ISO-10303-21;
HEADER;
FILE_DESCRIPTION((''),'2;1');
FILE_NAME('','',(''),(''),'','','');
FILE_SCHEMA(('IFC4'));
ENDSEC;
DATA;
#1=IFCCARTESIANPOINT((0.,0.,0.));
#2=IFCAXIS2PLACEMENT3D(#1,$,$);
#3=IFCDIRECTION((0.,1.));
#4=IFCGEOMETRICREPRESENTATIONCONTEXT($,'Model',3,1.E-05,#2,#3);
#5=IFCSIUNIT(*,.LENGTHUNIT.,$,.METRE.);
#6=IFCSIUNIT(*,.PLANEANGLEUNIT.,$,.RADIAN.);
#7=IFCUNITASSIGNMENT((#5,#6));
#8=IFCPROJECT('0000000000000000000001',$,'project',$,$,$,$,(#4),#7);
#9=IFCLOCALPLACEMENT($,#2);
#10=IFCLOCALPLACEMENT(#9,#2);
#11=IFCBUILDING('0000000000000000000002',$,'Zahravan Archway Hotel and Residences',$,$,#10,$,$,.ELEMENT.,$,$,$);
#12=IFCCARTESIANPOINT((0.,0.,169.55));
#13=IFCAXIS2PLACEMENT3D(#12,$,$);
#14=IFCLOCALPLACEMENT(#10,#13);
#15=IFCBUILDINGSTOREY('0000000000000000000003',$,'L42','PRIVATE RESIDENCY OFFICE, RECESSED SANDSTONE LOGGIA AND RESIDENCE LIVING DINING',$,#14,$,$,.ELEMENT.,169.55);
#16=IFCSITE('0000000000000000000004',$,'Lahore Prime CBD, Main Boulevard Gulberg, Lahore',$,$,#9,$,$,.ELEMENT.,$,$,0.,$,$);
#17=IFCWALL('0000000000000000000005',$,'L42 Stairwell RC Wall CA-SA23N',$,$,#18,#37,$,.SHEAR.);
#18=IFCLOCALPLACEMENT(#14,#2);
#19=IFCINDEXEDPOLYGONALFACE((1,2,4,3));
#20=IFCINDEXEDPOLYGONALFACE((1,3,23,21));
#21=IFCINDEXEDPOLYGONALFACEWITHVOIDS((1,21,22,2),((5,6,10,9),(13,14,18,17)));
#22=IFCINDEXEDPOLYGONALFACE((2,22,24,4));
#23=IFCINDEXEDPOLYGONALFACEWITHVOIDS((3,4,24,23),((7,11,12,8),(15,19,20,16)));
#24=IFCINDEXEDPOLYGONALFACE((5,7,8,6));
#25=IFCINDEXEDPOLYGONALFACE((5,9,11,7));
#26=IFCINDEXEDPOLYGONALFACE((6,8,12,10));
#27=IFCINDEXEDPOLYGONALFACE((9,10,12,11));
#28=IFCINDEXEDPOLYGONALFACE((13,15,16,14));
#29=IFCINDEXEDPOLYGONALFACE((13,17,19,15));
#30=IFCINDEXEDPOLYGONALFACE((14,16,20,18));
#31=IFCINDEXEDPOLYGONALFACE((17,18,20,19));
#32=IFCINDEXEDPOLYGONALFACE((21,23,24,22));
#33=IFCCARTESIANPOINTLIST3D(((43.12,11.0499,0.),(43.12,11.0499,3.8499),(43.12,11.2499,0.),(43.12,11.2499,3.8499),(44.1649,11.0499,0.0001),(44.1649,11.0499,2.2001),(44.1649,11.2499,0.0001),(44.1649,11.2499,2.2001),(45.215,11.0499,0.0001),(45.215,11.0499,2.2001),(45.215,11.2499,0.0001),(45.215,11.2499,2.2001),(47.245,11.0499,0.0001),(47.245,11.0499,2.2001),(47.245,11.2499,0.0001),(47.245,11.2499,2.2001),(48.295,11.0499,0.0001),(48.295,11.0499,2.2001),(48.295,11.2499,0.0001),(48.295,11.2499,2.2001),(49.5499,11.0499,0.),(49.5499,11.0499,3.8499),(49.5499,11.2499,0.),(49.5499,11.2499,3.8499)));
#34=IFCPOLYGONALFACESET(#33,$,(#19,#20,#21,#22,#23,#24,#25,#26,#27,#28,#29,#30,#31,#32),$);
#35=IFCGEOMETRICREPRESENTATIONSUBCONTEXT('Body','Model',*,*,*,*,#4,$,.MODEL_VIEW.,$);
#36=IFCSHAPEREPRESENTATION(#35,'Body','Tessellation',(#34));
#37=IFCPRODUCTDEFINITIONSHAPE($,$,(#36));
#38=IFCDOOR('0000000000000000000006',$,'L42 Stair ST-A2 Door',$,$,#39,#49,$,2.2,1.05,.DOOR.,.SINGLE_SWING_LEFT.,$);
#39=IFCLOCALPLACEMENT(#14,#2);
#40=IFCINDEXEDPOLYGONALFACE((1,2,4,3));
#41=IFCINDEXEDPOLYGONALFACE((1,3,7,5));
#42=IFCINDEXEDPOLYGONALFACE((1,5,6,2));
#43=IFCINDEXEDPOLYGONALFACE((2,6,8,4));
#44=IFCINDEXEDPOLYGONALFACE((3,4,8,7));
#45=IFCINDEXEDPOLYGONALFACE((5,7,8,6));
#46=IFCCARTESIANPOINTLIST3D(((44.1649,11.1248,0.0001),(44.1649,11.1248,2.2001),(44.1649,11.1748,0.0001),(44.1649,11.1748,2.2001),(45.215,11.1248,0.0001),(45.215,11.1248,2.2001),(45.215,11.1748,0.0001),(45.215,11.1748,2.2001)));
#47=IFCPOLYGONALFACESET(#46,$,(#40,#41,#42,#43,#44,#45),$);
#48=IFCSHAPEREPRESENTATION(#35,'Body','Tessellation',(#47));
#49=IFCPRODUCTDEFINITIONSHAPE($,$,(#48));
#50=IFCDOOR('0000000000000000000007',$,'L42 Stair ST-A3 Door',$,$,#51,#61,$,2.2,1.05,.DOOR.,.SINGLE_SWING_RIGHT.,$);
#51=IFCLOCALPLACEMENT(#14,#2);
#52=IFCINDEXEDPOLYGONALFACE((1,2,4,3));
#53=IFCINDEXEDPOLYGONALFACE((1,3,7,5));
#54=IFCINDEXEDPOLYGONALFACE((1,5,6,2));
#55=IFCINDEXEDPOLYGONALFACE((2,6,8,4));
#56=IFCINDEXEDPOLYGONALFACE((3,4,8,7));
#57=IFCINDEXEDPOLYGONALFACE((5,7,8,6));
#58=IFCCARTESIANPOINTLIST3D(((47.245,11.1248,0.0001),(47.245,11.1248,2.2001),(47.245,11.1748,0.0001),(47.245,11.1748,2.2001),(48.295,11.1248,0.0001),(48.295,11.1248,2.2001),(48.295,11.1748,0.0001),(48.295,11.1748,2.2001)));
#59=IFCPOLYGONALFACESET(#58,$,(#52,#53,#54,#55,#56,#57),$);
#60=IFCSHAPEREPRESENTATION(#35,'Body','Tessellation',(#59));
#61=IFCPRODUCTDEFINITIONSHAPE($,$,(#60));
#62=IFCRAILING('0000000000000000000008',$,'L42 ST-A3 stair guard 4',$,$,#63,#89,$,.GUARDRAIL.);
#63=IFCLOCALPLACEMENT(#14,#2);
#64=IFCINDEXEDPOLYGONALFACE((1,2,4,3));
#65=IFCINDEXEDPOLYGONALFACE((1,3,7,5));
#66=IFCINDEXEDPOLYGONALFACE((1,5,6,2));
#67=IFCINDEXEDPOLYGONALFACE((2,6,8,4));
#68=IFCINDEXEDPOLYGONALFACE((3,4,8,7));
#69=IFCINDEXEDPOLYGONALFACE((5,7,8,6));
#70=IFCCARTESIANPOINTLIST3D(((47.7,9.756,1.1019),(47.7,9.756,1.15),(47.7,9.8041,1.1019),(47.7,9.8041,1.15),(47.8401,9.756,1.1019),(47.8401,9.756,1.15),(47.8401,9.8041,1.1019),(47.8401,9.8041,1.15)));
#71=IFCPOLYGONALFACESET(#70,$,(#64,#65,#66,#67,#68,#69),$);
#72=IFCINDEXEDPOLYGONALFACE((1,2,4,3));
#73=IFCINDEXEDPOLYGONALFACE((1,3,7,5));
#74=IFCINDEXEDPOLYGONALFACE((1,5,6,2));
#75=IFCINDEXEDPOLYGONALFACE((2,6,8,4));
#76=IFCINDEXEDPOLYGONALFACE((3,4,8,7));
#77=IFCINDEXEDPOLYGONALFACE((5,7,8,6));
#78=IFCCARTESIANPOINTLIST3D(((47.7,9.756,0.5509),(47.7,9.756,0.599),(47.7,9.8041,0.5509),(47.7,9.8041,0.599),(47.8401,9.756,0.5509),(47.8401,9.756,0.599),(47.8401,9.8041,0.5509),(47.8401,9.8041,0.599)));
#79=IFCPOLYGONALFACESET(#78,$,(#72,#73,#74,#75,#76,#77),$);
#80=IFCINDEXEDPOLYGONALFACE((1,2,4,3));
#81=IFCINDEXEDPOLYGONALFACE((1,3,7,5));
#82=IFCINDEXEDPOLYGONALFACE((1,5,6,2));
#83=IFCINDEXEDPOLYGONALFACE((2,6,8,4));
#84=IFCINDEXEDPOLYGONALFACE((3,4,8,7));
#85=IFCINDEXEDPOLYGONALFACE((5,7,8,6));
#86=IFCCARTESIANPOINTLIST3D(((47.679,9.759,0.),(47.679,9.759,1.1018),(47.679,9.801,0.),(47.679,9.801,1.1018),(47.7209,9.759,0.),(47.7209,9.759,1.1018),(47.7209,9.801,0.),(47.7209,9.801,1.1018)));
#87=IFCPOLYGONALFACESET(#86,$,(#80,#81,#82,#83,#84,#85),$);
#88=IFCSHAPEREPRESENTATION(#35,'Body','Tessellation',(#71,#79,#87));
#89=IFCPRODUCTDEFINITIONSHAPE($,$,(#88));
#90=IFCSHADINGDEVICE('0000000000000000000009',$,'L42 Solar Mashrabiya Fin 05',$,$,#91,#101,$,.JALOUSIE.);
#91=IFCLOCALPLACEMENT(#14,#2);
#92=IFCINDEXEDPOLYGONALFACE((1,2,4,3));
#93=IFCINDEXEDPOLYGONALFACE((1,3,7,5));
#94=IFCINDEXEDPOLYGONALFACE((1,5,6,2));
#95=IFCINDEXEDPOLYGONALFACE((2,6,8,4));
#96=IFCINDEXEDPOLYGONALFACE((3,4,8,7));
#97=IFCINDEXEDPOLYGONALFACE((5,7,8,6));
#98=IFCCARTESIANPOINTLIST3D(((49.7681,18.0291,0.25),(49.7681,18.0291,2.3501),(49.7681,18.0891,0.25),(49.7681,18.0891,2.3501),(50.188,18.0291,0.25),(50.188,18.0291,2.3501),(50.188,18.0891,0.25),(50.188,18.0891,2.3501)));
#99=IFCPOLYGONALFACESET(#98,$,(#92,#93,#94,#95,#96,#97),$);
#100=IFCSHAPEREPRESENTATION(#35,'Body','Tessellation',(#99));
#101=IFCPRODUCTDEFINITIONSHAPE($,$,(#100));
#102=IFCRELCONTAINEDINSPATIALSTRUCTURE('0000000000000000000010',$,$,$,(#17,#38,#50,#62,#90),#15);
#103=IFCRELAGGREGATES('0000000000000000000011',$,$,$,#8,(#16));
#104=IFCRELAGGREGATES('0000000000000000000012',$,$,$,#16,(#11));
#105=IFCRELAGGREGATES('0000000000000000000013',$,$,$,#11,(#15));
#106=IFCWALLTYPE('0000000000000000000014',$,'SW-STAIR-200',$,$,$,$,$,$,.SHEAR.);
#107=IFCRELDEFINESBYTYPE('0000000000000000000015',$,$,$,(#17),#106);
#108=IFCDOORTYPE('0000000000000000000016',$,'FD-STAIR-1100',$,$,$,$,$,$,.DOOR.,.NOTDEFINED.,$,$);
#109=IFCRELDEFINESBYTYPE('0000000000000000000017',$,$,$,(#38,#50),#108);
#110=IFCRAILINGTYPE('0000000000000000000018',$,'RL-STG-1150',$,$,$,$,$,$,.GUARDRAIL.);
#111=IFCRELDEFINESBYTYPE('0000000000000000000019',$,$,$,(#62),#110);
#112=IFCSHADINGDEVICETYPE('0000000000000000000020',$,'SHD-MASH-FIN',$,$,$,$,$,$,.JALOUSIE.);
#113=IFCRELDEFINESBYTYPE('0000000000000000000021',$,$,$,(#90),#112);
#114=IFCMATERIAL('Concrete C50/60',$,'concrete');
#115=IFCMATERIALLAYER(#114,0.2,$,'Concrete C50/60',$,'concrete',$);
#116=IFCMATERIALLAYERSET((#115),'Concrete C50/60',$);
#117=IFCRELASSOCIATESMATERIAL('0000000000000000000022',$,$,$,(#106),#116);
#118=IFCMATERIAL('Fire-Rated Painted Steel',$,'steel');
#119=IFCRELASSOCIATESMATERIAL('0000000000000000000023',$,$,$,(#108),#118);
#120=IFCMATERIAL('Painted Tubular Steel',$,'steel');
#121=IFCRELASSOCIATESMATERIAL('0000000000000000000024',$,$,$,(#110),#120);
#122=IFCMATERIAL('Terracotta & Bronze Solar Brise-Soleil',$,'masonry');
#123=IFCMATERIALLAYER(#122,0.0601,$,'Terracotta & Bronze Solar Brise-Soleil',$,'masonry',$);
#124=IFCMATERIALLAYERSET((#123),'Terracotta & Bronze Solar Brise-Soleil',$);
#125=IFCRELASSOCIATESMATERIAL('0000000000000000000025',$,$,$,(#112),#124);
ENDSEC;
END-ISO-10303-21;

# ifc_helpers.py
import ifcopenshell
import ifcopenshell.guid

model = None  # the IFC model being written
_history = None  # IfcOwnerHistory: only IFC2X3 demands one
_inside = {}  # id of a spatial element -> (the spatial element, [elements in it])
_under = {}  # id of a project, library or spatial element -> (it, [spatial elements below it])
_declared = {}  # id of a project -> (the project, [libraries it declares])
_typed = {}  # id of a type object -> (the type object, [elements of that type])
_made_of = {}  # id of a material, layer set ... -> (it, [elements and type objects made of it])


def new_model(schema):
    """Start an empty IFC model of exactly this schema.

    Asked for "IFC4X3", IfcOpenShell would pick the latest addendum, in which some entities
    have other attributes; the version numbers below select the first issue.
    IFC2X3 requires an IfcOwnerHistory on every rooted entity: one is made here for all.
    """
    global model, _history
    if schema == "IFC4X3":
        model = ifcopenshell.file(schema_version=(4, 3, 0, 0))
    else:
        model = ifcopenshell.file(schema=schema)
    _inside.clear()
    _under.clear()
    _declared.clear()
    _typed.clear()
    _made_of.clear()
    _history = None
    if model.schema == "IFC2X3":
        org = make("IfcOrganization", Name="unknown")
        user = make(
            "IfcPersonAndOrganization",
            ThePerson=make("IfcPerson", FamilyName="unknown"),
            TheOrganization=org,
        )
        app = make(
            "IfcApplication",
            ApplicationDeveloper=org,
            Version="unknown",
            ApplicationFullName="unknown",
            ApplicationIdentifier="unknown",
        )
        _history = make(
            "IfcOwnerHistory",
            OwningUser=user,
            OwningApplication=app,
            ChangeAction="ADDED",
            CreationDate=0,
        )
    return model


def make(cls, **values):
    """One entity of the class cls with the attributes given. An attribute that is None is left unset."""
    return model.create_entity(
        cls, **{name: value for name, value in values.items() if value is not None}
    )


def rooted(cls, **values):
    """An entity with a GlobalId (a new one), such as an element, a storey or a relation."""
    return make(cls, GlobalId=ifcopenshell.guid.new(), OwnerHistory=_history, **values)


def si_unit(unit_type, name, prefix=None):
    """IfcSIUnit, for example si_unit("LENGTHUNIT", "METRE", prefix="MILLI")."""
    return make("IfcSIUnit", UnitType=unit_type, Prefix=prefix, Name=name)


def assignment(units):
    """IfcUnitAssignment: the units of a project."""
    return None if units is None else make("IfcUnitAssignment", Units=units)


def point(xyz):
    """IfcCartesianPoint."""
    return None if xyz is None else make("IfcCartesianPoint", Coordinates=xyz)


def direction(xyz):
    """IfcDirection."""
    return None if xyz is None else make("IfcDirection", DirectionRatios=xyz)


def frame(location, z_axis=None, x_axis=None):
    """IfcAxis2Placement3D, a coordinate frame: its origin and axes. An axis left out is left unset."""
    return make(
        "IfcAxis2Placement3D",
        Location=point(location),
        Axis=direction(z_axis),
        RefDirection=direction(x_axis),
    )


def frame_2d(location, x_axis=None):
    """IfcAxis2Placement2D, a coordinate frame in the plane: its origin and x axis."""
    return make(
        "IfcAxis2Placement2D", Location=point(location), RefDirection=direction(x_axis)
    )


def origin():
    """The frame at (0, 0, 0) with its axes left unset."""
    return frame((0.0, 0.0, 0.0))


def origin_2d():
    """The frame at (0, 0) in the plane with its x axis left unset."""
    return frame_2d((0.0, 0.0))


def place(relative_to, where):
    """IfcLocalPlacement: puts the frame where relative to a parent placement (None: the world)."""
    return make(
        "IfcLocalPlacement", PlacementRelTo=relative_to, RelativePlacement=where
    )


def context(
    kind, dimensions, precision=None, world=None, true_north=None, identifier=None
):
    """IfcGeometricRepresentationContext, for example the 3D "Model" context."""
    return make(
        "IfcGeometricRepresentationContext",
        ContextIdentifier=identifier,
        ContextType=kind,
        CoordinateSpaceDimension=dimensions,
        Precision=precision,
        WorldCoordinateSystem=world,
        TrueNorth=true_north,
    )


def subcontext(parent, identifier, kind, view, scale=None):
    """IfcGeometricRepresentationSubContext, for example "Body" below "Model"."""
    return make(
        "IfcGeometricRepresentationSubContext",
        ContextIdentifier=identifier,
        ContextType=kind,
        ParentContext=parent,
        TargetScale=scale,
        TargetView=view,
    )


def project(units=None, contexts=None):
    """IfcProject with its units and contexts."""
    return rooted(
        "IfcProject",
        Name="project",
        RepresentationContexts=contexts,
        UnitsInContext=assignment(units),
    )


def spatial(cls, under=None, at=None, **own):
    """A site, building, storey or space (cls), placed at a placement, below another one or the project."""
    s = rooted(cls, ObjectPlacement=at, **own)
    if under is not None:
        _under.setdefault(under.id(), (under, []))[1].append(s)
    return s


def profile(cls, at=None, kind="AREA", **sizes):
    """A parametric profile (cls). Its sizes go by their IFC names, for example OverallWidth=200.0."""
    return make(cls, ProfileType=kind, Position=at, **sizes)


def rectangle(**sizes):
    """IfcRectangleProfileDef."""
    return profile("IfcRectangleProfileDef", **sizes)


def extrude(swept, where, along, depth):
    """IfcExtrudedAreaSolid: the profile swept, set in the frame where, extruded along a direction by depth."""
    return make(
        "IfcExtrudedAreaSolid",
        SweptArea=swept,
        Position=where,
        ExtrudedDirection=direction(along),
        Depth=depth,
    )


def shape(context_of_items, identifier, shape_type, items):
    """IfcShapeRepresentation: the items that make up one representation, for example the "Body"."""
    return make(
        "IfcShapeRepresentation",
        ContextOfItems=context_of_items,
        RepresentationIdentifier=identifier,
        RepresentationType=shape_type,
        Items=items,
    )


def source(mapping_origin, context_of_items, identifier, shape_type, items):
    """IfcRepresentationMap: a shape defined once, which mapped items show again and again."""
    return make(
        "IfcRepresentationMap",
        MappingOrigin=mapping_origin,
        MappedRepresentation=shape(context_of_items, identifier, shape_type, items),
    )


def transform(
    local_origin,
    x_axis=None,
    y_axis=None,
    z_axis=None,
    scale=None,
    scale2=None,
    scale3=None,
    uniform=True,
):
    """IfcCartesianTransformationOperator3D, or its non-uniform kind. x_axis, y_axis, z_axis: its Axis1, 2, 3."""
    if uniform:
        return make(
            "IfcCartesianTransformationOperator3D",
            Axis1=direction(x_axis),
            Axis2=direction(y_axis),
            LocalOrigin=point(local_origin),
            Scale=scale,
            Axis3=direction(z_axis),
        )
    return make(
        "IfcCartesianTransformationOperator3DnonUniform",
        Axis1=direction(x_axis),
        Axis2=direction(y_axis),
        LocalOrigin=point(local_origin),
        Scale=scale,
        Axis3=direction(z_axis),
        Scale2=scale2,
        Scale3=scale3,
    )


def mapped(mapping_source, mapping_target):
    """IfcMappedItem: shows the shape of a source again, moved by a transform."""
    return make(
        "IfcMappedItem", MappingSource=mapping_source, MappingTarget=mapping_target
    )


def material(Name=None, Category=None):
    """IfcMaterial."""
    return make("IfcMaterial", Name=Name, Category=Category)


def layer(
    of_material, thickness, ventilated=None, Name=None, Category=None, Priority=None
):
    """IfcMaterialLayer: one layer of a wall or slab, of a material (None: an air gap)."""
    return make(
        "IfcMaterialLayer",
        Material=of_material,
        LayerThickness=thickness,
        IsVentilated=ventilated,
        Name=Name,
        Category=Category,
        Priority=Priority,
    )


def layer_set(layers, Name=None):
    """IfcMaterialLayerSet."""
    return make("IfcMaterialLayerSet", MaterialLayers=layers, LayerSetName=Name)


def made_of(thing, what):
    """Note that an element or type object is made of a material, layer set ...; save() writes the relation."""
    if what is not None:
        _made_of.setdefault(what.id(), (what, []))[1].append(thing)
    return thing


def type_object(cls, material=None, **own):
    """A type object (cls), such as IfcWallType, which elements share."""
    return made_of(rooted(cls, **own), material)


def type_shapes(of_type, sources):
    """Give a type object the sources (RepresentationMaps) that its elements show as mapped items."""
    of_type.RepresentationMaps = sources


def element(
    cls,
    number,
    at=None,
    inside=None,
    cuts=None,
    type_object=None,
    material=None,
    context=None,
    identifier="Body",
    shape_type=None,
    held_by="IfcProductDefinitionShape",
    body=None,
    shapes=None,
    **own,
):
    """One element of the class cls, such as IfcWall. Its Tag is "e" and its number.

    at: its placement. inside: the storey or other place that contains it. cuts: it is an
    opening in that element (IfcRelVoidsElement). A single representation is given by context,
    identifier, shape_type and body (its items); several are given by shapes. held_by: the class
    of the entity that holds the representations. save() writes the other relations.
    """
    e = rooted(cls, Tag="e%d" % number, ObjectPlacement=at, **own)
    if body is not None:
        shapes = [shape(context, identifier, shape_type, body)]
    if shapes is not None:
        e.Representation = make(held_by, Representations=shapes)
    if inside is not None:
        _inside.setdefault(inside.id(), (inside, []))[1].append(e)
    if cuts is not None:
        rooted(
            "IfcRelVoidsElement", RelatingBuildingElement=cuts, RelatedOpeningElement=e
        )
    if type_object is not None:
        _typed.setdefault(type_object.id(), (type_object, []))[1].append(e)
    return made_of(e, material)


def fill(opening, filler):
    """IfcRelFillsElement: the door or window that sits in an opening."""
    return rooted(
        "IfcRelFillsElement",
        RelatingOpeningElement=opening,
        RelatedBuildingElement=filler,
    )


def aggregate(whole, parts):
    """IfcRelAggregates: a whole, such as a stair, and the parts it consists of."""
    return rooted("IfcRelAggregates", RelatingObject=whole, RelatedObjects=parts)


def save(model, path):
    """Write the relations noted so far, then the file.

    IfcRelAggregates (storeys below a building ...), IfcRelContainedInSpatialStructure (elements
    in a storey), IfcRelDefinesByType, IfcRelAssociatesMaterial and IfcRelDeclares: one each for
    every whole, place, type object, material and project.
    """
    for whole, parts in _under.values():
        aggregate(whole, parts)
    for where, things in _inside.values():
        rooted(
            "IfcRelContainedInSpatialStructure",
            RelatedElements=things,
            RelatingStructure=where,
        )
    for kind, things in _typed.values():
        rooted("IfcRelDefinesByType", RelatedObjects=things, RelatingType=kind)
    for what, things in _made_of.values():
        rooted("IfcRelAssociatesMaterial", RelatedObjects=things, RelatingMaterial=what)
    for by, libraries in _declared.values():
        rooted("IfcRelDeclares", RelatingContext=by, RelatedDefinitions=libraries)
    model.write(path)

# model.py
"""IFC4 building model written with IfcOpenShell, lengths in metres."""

from ifc_helpers import new_model, si_unit, direction, frame, frame_2d, origin, origin_2d, place, context, subcontext, project, spatial, rectangle, extrude, source, transform, mapped, material, layer, layer_set, type_object, type_shapes, element, fill, save


model = new_model("IFC4")

# Units and contexts
model_context = context("Model", 3, precision=1e-05, world=origin(), true_north=direction((0.0, 1.0)))
body_context = subcontext(model_context, "Body", "Model", "MODEL_VIEW")
ifc_project = project(units=[si_unit("LENGTHUNIT", "METRE"), si_unit("PLANEANGLEUNIT", "RADIAN")], contexts=[model_context])

# Site, building, storey
site_placement = place(None, origin())
site = spatial("IfcSite", under=ifc_project, at=site_placement, Name="Lahore Prime CBD, Main Boulevard Gulberg, Lahore", CompositionType="ELEMENT", RefElevation=0.0)
building_placement = place(site_placement, origin())
building = spatial("IfcBuilding", under=site, at=building_placement, Name="Zahravan Archway Hotel and Residences", CompositionType="ELEMENT")
storey_placement = place(building_placement, frame((0.0, 0.0, 169.55)))
storey = spatial("IfcBuildingStorey", under=building, at=storey_placement, Name="L42", Description="PRIVATE RESIDENCY OFFICE, RECESSED SANDSTONE LOGGIA AND RESIDENCE LIVING DINING", CompositionType="ELEMENT", Elevation=169.55)

# Shared definitions
ifc_material_1 = material(Name="Fire-Rated Painted Steel", Category="steel")

# Wall, openings, doors
ifc_material_2 = material(Name="Concrete C50/60", Category="concrete")
ifc_layer_1 = layer(ifc_material_2, 0.2, Name="Concrete C50/60", Category="concrete")
ifc_layer_set_1 = layer_set([ifc_layer_1], Name="Concrete C50/60")
wall_type_1 = type_object("IfcWallType", Name="SW-STAIR-200", PredefinedType="SHEAR", material=ifc_layer_set_1)
wall_1_placement = place(storey_placement, frame((43.1201, 11.1499, 0.0), z_axis=(0.0, 0.0, 1.0), x_axis=(1.0, 0.0, 0.0)))
wall_1 = element("IfcWall", 1, at=wall_1_placement, inside=storey, type_object=wall_type_1, Name="L42 Stairwell RC Wall CA-SA23N", PredefinedType="SHEAR", context=body_context, shape_type="SweptSolid", body=[
    extrude(rectangle(XDim=6.4299, YDim=0.2, at=frame_2d((3.2148, 0.0))), origin(), (0.0, 0.0, 1.0), 3.8499),
])
opening_1_placement = place(wall_1_placement, frame((1.0449, 0.0, 0.0)))
opening_1 = element("IfcOpeningElement", 2, at=opening_1_placement, cuts=wall_1, PredefinedType="OPENING", context=body_context, shape_type="SweptSolid", body=[
    extrude(rectangle(XDim=1.05, YDim=2.2, at=frame_2d((0.5249, 1.1001))), frame((0.0, 0.1099, 0.0), z_axis=(0.0, -1.0, 0.0), x_axis=(1.0, 0.0, 0.0)), (0.0, 0.0, 1.0), 0.22),
])
opening_2_placement = place(wall_1_placement, frame((4.125, 0.0, 0.0)))
opening_2 = element("IfcOpeningElement", 3, at=opening_2_placement, cuts=wall_1, PredefinedType="OPENING", context=body_context, shape_type="SweptSolid", body=[
    extrude(rectangle(XDim=1.05, YDim=2.2, at=frame_2d((0.5249, 1.1001))), frame((0.0, 0.1099, 0.0), z_axis=(0.0, -1.0, 0.0), x_axis=(1.0, 0.0, 0.0)), (0.0, 0.0, 1.0), 0.22),
])
door_type_1 = type_object("IfcDoorType", Name="FD-STAIR-1100", OperationType="NOTDEFINED", PredefinedType="DOOR", material=ifc_material_1)
shared_shape_1 = source(origin(), body_context, "Body", "SweptSolid", [
    extrude(rectangle(XDim=1.05, YDim=2.2, at=frame_2d((0.5249, 1.1001))), frame((0.0, 0.0249, 0.0), z_axis=(0.0, -1.0, 0.0), x_axis=(1.0, 0.0, 0.0)), (0.0, 0.0, 1.0), 0.05),
])
type_shapes(door_type_1, [shared_shape_1])
door_1_placement = place(opening_1_placement, origin())
door_1 = element("IfcDoor", 4, at=door_1_placement, inside=storey, type_object=door_type_1, Name="L42 Stair ST-A2 Door", OperationType="SINGLE_SWING_LEFT", OverallHeight=2.2, OverallWidth=1.05, PredefinedType="DOOR", context=body_context, shape_type="MappedRepresentation", body=[
    mapped(shared_shape_1, transform((0.0, 0.0, 0.0), scale=1.0)),
])
fill(opening_1, door_1)
door_2_placement = place(opening_2_placement, origin())
door_2 = element("IfcDoor", 5, at=door_2_placement, inside=storey, type_object=door_type_1, Name="L42 Stair ST-A3 Door", OperationType="SINGLE_SWING_RIGHT", OverallHeight=2.2, OverallWidth=1.05, PredefinedType="DOOR", context=body_context, shape_type="MappedRepresentation", body=[
    mapped(shared_shape_1, transform((0.0, 0.0, 0.0), scale=1.0)),
])
fill(opening_2, door_2)

# Railing
ifc_material_3 = material(Name="Painted Tubular Steel", Category="steel")
railing_type = type_object("IfcRailingType", Name="RL-STG-1150", PredefinedType="GUARDRAIL", material=ifc_material_3)
railing_placement = place(storey_placement, frame((47.7, 9.78, 0.0)))
element("IfcRailing", 6, at=railing_placement, inside=storey, type_object=railing_type, Name="L42 ST-A3 stair guard 4", PredefinedType="GUARDRAIL", context=body_context, shape_type="SweptSolid", body=[
    extrude(rectangle(XDim=0.0481, YDim=0.0481, at=origin_2d()), frame((0.0, 0.0, 1.126), z_axis=(1.0, 0.0, 0.0), x_axis=(0.0, 1.0, 0.0)), (0.0, 0.0, 1.0), 0.1401),
    extrude(rectangle(XDim=0.0481, YDim=0.0481, at=origin_2d()), frame((0.0, 0.0, 0.575), z_axis=(1.0, 0.0, 0.0), x_axis=(0.0, 1.0, 0.0)), (0.0, 0.0, 1.0), 0.1401),
    extrude(rectangle(XDim=0.042, YDim=0.042, at=origin_2d()), origin(), (0.0, 0.0, 1.0), 1.1018),
])

# Shading device
ifc_material_4 = material(Name="Terracotta & Bronze Solar Brise-Soleil", Category="masonry")
ifc_layer_2 = layer(ifc_material_4, 0.0601, Name="Terracotta & Bronze Solar Brise-Soleil", Category="masonry")
ifc_layer_set_2 = layer_set([ifc_layer_2], Name="Terracotta & Bronze Solar Brise-Soleil")
shading_device_type = type_object("IfcShadingDeviceType", Name="SHD-MASH-FIN", PredefinedType="JALOUSIE", material=ifc_layer_set_2)
shared_shape_2 = source(origin(), body_context, "Body", "SweptSolid", [
    extrude(rectangle(XDim=0.0601, YDim=0.4199, at=origin_2d()), origin(), (0.0, 0.0, 1.0), 2.1001),
])
type_shapes(shading_device_type, [shared_shape_2])
shading_device_placement = place(storey_placement, frame((49.978, 18.0591, 0.25), z_axis=(0.0, 0.0, 1.0), x_axis=(0.0, 1.0, 0.0)))
element("IfcShadingDevice", 7, at=shading_device_placement, inside=storey, type_object=shading_device_type, Name="L42 Solar Mashrabiya Fin 05", PredefinedType="JALOUSIE", context=body_context, shape_type="MappedRepresentation", body=[
    mapped(shared_shape_2, transform((0.0, 0.0, 0.0), scale=1.0)),
])

save(model, "model.ifc")
